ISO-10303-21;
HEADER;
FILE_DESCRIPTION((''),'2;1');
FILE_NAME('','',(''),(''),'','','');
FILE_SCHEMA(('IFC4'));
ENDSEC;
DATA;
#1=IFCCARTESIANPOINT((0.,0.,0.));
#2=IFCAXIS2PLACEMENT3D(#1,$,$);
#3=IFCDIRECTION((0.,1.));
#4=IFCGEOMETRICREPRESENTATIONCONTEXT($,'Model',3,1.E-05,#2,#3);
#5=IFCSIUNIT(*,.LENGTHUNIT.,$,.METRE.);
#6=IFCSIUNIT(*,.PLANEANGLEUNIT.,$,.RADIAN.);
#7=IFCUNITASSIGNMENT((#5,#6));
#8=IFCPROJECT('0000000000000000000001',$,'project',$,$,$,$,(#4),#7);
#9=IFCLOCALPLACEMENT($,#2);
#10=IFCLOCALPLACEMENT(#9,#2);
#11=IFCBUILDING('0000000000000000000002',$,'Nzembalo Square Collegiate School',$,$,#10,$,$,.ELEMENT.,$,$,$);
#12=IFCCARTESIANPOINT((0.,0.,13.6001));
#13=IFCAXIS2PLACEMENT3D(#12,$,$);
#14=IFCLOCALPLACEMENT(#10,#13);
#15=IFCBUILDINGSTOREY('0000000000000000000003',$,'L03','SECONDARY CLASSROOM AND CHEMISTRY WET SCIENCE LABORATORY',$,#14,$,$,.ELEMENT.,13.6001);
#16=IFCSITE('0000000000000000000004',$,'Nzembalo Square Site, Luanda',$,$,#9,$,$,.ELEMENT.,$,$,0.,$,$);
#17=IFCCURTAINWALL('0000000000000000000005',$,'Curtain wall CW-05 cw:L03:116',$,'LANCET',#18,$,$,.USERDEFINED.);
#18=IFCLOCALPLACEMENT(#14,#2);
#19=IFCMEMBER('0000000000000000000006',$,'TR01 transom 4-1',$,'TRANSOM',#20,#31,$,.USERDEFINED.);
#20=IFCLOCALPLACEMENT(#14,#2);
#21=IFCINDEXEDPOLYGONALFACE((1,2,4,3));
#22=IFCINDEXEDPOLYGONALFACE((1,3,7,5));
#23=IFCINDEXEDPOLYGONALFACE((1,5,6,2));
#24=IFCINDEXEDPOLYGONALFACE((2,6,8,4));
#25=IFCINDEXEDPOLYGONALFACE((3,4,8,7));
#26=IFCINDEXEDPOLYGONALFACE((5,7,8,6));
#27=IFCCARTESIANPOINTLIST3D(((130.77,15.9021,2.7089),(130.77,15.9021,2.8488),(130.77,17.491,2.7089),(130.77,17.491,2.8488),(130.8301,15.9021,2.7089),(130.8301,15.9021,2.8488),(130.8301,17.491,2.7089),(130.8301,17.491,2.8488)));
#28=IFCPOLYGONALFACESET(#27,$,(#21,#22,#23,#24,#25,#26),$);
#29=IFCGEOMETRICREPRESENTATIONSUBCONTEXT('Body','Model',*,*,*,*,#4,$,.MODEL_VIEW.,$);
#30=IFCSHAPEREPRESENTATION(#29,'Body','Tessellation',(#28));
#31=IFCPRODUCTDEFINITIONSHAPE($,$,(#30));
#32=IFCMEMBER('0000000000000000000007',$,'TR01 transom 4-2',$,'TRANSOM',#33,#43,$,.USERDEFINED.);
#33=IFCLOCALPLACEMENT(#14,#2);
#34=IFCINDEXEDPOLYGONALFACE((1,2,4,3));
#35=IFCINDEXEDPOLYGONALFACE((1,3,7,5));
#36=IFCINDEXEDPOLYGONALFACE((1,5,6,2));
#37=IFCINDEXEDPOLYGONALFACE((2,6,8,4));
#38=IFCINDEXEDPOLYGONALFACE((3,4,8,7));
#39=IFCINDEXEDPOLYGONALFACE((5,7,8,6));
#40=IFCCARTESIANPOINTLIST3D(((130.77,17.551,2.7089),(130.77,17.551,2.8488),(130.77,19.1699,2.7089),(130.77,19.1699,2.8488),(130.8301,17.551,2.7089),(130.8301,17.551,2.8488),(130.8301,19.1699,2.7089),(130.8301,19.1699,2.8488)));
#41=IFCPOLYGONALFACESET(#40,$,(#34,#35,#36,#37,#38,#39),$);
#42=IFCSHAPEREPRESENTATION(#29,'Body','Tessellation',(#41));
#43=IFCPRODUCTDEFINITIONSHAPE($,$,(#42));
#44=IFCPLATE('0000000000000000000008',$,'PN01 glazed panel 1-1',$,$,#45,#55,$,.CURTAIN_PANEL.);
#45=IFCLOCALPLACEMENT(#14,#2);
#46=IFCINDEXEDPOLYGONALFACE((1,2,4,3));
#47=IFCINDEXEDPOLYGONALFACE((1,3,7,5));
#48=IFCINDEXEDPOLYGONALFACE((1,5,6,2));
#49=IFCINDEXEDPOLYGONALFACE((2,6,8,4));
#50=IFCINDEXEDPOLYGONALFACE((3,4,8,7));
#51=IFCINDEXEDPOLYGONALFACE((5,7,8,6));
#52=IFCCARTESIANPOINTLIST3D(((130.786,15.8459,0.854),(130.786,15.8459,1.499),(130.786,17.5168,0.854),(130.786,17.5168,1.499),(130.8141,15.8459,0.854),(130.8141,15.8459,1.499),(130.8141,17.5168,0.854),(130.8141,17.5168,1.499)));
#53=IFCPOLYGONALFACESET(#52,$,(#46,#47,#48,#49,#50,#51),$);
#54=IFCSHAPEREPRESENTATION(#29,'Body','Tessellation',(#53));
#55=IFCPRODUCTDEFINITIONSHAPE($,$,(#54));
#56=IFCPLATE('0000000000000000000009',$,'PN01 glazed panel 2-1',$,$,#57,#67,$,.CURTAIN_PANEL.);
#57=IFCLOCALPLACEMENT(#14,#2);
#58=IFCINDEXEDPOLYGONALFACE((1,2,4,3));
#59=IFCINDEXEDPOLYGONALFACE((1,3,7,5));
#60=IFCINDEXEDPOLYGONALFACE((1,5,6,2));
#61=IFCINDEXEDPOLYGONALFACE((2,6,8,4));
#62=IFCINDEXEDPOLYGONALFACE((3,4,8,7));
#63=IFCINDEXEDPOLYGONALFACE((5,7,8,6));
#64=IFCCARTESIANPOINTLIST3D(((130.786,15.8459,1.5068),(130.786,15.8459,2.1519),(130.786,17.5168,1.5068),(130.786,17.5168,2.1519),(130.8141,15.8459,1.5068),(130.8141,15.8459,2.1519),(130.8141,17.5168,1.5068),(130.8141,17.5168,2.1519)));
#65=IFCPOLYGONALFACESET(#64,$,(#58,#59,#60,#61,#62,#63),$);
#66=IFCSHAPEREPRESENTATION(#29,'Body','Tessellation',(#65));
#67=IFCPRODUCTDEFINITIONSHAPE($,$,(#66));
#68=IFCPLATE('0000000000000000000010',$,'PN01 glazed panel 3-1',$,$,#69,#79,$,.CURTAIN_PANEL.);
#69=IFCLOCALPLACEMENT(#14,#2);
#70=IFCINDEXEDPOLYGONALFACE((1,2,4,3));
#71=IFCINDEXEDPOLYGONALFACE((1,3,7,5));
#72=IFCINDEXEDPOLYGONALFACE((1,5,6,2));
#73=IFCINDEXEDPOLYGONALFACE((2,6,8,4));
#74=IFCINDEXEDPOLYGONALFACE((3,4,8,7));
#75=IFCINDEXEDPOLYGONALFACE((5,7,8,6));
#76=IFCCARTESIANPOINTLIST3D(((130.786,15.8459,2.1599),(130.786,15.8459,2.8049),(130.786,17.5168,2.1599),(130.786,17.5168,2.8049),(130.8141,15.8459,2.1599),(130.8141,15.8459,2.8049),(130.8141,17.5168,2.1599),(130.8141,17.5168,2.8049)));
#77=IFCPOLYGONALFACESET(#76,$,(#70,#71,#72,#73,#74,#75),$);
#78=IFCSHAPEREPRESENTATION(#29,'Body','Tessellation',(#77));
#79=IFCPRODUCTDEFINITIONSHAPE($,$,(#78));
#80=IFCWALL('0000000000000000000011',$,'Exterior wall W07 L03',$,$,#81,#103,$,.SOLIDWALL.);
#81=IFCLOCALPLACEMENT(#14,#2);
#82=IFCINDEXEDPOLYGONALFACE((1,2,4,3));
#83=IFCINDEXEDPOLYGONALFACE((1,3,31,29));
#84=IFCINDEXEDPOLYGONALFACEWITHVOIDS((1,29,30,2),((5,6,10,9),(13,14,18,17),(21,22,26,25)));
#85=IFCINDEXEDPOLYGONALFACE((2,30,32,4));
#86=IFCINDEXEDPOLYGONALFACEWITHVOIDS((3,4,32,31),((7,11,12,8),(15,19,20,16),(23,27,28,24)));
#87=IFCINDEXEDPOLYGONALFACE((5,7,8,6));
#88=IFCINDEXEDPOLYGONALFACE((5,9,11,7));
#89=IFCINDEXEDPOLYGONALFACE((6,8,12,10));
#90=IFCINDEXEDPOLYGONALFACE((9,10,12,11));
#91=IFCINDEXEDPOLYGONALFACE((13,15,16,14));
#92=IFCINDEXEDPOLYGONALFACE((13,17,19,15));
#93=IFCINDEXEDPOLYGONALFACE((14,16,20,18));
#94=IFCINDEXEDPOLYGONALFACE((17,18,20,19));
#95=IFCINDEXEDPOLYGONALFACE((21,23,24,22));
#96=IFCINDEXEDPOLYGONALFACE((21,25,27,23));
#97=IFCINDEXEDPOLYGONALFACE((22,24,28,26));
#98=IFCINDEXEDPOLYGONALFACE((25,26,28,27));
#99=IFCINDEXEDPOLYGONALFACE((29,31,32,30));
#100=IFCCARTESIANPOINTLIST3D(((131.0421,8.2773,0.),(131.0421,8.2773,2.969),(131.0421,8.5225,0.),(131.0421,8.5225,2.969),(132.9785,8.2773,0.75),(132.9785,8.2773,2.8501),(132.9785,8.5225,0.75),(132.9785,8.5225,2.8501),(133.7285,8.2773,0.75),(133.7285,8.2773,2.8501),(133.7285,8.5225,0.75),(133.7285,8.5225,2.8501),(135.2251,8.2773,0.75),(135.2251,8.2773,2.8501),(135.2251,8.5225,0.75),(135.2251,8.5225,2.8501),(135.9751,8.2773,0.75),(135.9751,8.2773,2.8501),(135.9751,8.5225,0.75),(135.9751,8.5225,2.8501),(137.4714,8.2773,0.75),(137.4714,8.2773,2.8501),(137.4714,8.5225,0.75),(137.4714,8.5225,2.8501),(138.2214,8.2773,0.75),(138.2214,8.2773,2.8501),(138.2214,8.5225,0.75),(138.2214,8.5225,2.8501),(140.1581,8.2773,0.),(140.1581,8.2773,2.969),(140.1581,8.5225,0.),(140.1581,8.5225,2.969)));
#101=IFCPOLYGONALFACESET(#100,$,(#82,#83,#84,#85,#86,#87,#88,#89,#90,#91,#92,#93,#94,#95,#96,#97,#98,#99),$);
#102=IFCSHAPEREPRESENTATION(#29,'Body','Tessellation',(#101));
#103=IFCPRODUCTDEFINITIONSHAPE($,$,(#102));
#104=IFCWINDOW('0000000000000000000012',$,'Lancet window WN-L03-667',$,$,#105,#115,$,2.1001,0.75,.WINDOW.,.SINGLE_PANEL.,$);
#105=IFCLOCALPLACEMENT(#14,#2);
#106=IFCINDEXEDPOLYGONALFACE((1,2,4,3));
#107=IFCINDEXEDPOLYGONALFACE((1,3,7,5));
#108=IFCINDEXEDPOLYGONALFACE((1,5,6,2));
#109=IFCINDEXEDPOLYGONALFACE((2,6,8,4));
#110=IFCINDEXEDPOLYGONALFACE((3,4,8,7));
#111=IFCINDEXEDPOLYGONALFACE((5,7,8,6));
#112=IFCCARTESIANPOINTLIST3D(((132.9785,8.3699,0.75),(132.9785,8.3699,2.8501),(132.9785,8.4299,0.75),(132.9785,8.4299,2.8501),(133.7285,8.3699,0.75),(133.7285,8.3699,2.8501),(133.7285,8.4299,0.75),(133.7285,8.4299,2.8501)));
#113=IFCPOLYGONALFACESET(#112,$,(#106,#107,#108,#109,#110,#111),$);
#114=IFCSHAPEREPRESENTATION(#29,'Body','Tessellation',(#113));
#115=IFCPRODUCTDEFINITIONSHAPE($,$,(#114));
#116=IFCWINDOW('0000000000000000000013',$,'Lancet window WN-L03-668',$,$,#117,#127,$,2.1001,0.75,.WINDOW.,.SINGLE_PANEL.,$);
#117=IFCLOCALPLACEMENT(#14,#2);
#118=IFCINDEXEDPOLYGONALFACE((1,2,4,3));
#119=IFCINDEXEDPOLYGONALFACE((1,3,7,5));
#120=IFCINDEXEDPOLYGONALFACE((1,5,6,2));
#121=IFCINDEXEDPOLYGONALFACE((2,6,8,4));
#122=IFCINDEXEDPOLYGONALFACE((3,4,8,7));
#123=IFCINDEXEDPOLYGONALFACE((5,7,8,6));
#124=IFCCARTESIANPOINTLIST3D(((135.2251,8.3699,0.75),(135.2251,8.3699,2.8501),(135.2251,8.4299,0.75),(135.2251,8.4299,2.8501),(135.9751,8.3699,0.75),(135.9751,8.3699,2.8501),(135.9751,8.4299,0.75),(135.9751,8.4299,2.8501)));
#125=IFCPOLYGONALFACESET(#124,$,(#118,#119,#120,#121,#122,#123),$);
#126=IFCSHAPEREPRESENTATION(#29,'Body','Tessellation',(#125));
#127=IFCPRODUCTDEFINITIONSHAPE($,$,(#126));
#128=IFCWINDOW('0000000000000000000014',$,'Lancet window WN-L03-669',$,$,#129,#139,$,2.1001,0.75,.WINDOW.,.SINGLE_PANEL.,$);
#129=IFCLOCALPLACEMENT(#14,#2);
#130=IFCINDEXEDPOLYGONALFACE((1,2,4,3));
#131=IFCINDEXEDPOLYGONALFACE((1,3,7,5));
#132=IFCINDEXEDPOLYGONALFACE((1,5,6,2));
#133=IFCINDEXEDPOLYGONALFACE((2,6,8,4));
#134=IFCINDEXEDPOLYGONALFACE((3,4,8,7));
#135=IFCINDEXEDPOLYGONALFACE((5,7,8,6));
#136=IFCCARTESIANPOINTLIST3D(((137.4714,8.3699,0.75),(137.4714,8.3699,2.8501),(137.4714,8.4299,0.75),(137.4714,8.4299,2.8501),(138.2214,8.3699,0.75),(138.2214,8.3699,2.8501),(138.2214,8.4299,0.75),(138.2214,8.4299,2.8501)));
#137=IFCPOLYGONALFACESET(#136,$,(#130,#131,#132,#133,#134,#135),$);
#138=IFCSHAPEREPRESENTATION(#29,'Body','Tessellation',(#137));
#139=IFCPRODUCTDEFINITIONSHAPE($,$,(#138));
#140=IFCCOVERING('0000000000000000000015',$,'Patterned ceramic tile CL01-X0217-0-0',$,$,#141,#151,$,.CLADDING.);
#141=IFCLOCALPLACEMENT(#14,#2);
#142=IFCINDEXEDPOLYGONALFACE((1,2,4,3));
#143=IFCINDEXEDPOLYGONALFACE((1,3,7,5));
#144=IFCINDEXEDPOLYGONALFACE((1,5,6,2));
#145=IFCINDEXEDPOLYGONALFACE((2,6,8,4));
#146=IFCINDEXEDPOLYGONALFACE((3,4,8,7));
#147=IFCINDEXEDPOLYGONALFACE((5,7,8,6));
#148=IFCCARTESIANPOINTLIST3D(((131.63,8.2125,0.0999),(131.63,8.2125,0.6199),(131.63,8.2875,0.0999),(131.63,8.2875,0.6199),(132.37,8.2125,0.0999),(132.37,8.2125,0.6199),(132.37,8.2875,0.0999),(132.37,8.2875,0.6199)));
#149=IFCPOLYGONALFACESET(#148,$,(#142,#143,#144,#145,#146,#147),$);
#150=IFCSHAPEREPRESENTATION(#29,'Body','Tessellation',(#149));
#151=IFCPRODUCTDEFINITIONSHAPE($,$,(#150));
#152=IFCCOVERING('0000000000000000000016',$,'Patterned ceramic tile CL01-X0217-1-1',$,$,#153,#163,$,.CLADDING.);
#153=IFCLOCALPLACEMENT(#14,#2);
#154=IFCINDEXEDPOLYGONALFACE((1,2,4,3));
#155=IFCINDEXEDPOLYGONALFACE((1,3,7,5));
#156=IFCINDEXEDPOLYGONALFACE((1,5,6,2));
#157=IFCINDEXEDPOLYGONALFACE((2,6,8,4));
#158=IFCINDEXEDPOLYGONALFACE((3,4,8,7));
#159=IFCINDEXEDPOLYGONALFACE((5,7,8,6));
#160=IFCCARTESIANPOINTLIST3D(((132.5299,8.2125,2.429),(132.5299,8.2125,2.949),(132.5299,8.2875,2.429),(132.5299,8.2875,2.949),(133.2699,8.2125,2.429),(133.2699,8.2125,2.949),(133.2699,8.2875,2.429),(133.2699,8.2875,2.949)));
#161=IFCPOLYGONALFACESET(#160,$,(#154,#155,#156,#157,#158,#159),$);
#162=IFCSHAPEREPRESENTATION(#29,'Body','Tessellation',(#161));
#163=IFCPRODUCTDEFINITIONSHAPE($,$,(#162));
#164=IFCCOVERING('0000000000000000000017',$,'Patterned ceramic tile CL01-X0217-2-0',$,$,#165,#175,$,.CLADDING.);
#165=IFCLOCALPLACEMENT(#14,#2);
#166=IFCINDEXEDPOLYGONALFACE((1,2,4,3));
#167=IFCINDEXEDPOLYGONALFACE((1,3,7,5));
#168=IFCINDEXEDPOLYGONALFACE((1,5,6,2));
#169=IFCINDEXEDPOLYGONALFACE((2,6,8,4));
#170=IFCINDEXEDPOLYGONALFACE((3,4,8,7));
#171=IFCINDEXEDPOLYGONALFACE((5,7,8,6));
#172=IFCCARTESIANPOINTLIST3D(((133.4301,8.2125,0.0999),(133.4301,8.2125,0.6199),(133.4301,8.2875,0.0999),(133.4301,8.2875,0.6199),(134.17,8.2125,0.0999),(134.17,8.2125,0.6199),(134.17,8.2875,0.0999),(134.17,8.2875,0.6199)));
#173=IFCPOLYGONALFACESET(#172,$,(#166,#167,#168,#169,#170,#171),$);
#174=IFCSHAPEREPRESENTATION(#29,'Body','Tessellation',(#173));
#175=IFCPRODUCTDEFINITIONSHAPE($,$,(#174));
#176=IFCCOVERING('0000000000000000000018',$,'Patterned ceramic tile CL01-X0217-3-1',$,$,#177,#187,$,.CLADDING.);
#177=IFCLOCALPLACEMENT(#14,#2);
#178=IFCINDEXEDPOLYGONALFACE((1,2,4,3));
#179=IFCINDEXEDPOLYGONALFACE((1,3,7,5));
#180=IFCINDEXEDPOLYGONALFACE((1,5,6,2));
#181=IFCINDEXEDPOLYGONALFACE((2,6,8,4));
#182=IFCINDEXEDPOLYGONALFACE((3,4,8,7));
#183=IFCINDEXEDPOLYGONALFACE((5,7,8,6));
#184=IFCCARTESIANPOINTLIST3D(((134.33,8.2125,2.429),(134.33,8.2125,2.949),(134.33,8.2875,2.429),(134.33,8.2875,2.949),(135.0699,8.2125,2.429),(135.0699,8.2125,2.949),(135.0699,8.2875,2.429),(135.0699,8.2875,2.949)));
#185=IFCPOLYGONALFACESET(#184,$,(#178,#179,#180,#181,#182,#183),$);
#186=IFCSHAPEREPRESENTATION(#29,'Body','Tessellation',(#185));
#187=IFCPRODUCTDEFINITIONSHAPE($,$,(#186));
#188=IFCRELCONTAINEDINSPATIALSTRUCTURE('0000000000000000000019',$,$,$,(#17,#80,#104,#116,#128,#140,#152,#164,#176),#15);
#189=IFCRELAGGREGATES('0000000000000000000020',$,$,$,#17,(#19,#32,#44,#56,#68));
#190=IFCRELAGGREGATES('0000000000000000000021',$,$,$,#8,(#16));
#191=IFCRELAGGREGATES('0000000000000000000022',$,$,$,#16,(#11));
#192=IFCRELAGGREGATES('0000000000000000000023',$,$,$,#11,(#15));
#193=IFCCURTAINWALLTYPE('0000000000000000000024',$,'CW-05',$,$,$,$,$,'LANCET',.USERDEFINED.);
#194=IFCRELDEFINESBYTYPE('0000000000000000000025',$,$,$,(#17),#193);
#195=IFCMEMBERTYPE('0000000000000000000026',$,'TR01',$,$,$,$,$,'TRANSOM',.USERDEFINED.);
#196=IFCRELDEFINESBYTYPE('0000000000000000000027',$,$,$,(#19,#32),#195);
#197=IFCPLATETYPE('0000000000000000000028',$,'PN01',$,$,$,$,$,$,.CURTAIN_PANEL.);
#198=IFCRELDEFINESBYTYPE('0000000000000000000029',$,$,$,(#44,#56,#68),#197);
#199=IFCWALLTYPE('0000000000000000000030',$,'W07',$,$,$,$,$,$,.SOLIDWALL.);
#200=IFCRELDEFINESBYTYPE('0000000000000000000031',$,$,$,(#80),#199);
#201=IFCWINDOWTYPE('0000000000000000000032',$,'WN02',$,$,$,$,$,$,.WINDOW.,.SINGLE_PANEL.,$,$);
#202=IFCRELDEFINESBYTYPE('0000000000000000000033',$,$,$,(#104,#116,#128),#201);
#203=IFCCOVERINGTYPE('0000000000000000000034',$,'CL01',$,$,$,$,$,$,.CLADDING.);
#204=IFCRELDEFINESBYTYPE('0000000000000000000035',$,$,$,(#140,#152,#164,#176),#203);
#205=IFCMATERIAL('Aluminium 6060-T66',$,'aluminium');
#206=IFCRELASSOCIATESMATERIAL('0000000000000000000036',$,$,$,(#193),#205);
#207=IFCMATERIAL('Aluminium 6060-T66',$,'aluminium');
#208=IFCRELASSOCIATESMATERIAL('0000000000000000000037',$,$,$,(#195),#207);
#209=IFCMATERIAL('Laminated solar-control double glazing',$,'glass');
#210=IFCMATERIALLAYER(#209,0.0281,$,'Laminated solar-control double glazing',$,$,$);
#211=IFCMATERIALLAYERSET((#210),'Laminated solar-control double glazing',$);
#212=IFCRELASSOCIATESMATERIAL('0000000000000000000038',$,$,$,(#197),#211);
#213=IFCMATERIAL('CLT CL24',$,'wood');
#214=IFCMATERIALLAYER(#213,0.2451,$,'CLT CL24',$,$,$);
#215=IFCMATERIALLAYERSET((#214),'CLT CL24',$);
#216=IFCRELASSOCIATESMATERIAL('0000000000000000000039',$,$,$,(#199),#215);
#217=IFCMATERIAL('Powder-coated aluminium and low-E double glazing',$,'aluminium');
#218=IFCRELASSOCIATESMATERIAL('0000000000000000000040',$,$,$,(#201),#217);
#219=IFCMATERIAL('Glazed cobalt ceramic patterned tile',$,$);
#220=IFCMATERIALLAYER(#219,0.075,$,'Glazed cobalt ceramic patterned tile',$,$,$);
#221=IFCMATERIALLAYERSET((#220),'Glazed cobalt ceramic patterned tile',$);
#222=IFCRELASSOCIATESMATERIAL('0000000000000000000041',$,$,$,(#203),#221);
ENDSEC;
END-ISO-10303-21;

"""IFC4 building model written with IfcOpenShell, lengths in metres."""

from ifc_helpers import new_model, si_unit, direction, frame, frame_2d, origin, origin_2d, place, context, subcontext, project, spatial, rectangle, extrude, material, layer, layer_set, material_profile, profile_set, type_object, element, fill, aggregate, save


model = new_model("IFC4")

# Units and contexts
model_context = context("Model", 3, precision=1e-05, world=origin(), true_north=direction((0.0, 1.0)))
body_context = subcontext(model_context, "Body", "Model", "MODEL_VIEW")
ifc_project = project(units=[si_unit("LENGTHUNIT", "METRE"), si_unit("PLANEANGLEUNIT", "RADIAN")], contexts=[model_context])

# Site, building, storey
site_placement = place(None, origin())
site = spatial("IfcSite", under=ifc_project, at=site_placement, Name="Nzembalo Square Site, Luanda", CompositionType="ELEMENT", RefElevation=0.0)
building_placement = place(site_placement, origin())
building = spatial("IfcBuilding", under=site, at=building_placement, Name="Nzembalo Square Collegiate School", CompositionType="ELEMENT")
storey_placement = place(building_placement, frame((0.0, 0.0, 13.6001)))
storey = spatial("IfcBuildingStorey", under=building, at=storey_placement, Name="L03", Description="SECONDARY CLASSROOM AND CHEMISTRY WET SCIENCE LABORATORY", CompositionType="ELEMENT", Elevation=13.6001)

# Curtain wall, members, plates
ifc_material_1 = material(Name="Aluminium 6060-T66", Category="aluminium")
curtain_wall_type = type_object("IfcCurtainWallType", Name="CW-05", ElementType="LANCET", PredefinedType="USERDEFINED", material=ifc_material_1)
curtain_wall_placement = place(storey_placement, origin())
curtain_wall = element("IfcCurtainWall", 1, at=curtain_wall_placement, inside=storey, type_object=curtain_wall_type, Name="Curtain wall CW-05 cw:L03:116", ObjectType="LANCET", PredefinedType="USERDEFINED")
ifc_material_2 = material(Name="Aluminium 6060-T66", Category="aluminium")
ifc_material_profile = material_profile(ifc_material_2, rectangle(XDim=0.0601, YDim=0.1399, at=origin_2d()), Name="ALU T60x140")
ifc_profile_set = profile_set([ifc_material_profile], Name="Aluminium 6060-T66")
member_type = type_object("IfcMemberType", Name="TR01", ElementType="TRANSOM", PredefinedType="USERDEFINED", material=ifc_profile_set)
member_1_placement = place(storey_placement, frame((130.8, 15.9021, 2.7788), z_axis=(0.0, 1.0, 0.0), x_axis=(-1.0, 0.0, 0.0)))
member_1 = element("IfcMember", 2, at=member_1_placement, type_object=member_type, Name="TR01 transom 4-1", ObjectType="TRANSOM", PredefinedType="USERDEFINED", context=body_context, shape_type="SweptSolid", body=[
    extrude(rectangle(XDim=0.0601, YDim=0.1399, at=origin_2d()), origin(), (0.0, 0.0, 1.0), 1.5889),
])
member_2_placement = place(storey_placement, frame((130.8, 17.551, 2.7788), z_axis=(0.0, 1.0, 0.0), x_axis=(-1.0, 0.0, 0.0)))
member_2 = element("IfcMember", 3, at=member_2_placement, type_object=member_type, Name="TR01 transom 4-2", ObjectType="TRANSOM", PredefinedType="USERDEFINED", context=body_context, shape_type="SweptSolid", body=[
    extrude(rectangle(XDim=0.0601, YDim=0.1399, at=origin_2d()), origin(), (0.0, 0.0, 1.0), 1.6189),
])
ifc_material_3 = material(Name="Laminated solar-control double glazing", Category="glass")
ifc_layer_1 = layer(ifc_material_3, 0.0281, Name="Laminated solar-control double glazing")
ifc_layer_set_1 = layer_set([ifc_layer_1], Name="Laminated solar-control double glazing")
plate_type = type_object("IfcPlateType", Name="PN01", PredefinedType="CURTAIN_PANEL", material=ifc_layer_set_1)
plate_1_placement = place(storey_placement, frame((130.8, 16.6814, 0.854), z_axis=(0.0, 0.0, 1.0), x_axis=(0.0, 1.0, 0.0)))
plate_1 = element("IfcPlate", 4, at=plate_1_placement, type_object=plate_type, Name="PN01 glazed panel 1-1", PredefinedType="CURTAIN_PANEL", context=body_context, shape_type="SweptSolid", body=[
    extrude(rectangle(XDim=1.6709, YDim=0.0281, at=origin_2d()), origin(), (0.0, 0.0, 1.0), 0.645),
])
plate_2_placement = place(storey_placement, frame((130.8, 16.6814, 1.5068), z_axis=(0.0, 0.0, 1.0), x_axis=(0.0, 1.0, 0.0)))
plate_2 = element("IfcPlate", 5, at=plate_2_placement, type_object=plate_type, Name="PN01 glazed panel 2-1", PredefinedType="CURTAIN_PANEL", context=body_context, shape_type="SweptSolid", body=[
    extrude(rectangle(XDim=1.6709, YDim=0.0281, at=origin_2d()), origin(), (0.0, 0.0, 1.0), 0.645),
])
plate_3_placement = place(storey_placement, frame((130.8, 16.6814, 2.1599), z_axis=(0.0, 0.0, 1.0), x_axis=(0.0, 1.0, 0.0)))
plate_3 = element("IfcPlate", 6, at=plate_3_placement, type_object=plate_type, Name="PN01 glazed panel 3-1", PredefinedType="CURTAIN_PANEL", context=body_context, shape_type="SweptSolid", body=[
    extrude(rectangle(XDim=1.6709, YDim=0.0281, at=origin_2d()), origin(), (0.0, 0.0, 1.0), 0.645),
])
aggregate(curtain_wall, [member_1, member_2, plate_1, plate_2, plate_3])

# Wall, openings, windows
ifc_material_4 = material(Name="CLT CL24", Category="wood")
ifc_layer_2 = layer(ifc_material_4, 0.2451, Name="CLT CL24")
ifc_layer_set_2 = layer_set([ifc_layer_2], Name="CLT CL24")
wall_type = type_object("IfcWallType", Name="W07", PredefinedType="SOLIDWALL", material=ifc_layer_set_2)
wall_placement = place(storey_placement, frame((131.042, 8.3999, 0.0), z_axis=(0.0, 0.0, 1.0), x_axis=(1.0, 0.0, 0.0)))
wall = element("IfcWall", 7, at=wall_placement, inside=storey, type_object=wall_type, Name="Exterior wall W07 L03", PredefinedType="SOLIDWALL", context=body_context, shape_type="SweptSolid", body=[
    extrude(rectangle(XDim=9.116, YDim=0.2451, at=frame_2d((4.5581, 0.0))), origin(), (0.0, 0.0, 1.0), 2.969),
])
opening_1_placement = place(wall_placement, frame((1.9365, 0.0, 0.75)))
opening_1 = element("IfcOpeningElement", 8, at=opening_1_placement, cuts=wall, PredefinedType="OPENING", context=body_context, shape_type="SweptSolid", body=[
    extrude(rectangle(XDim=0.75, YDim=2.1001, at=frame_2d((0.375, 1.05))), frame((0.0, 0.1326, 0.0), z_axis=(0.0, -1.0, 0.0), x_axis=(1.0, 0.0, 0.0)), (0.0, 0.0, 1.0), 0.2651),
])
opening_2_placement = place(wall_placement, frame((4.1831, 0.0, 0.75)))
opening_2 = element("IfcOpeningElement", 9, at=opening_2_placement, cuts=wall, PredefinedType="OPENING", context=body_context, shape_type="SweptSolid", body=[
    extrude(rectangle(XDim=0.75, YDim=2.1001, at=frame_2d((0.375, 1.05))), frame((0.0, 0.1326, 0.0), z_axis=(0.0, -1.0, 0.0), x_axis=(1.0, 0.0, 0.0)), (0.0, 0.0, 1.0), 0.2651),
])
opening_3_placement = place(wall_placement, frame((6.4294, 0.0, 0.75)))
opening_3 = element("IfcOpeningElement", 10, at=opening_3_placement, cuts=wall, PredefinedType="OPENING", context=body_context, shape_type="SweptSolid", body=[
    extrude(rectangle(XDim=0.75, YDim=2.1001, at=frame_2d((0.375, 1.05))), frame((0.0, 0.1326, 0.0), z_axis=(0.0, -1.0, 0.0), x_axis=(1.0, 0.0, 0.0)), (0.0, 0.0, 1.0), 0.2651),
])
ifc_material_5 = material(Name="Powder-coated aluminium and low-E double glazing", Category="aluminium")
window_type = type_object("IfcWindowType", Name="WN02", PartitioningType="SINGLE_PANEL", PredefinedType="WINDOW", material=ifc_material_5)
window_1_placement = place(opening_1_placement, origin())
window_1 = element("IfcWindow", 11, at=window_1_placement, inside=storey, type_object=window_type, Name="Lancet window WN-L03-667", OverallHeight=2.1001, OverallWidth=0.75, PartitioningType="SINGLE_PANEL", PredefinedType="WINDOW", context=body_context, shape_type="SweptSolid", body=[
    extrude(rectangle(XDim=0.75, YDim=2.1001, at=frame_2d((0.375, 1.05))), frame((0.0, 0.03, 0.0), z_axis=(0.0, -1.0, 0.0), x_axis=(1.0, 0.0, 0.0)), (0.0, 0.0, 1.0), 0.0601),
])
fill(opening_1, window_1)
window_2_placement = place(opening_2_placement, origin())
window_2 = element("IfcWindow", 12, at=window_2_placement, inside=storey, type_object=window_type, Name="Lancet window WN-L03-668", OverallHeight=2.1001, OverallWidth=0.75, PartitioningType="SINGLE_PANEL", PredefinedType="WINDOW", context=body_context, shape_type="SweptSolid", body=[
    extrude(rectangle(XDim=0.75, YDim=2.1001, at=frame_2d((0.375, 1.05))), frame((0.0, 0.03, 0.0), z_axis=(0.0, -1.0, 0.0), x_axis=(1.0, 0.0, 0.0)), (0.0, 0.0, 1.0), 0.0601),
])
fill(opening_2, window_2)
window_3_placement = place(opening_3_placement, origin())
window_3 = element("IfcWindow", 13, at=window_3_placement, inside=storey, type_object=window_type, Name="Lancet window WN-L03-669", OverallHeight=2.1001, OverallWidth=0.75, PartitioningType="SINGLE_PANEL", PredefinedType="WINDOW", context=body_context, shape_type="SweptSolid", body=[
    extrude(rectangle(XDim=0.75, YDim=2.1001, at=frame_2d((0.375, 1.05))), frame((0.0, 0.03, 0.0), z_axis=(0.0, -1.0, 0.0), x_axis=(1.0, 0.0, 0.0)), (0.0, 0.0, 1.0), 0.0601),
])
fill(opening_3, window_3)

# Coverings
ifc_material_6 = material(Name="Glazed cobalt ceramic patterned tile")
ifc_layer_3 = layer(ifc_material_6, 0.075, Name="Glazed cobalt ceramic patterned tile")
ifc_layer_set_3 = layer_set([ifc_layer_3], Name="Glazed cobalt ceramic patterned tile")
covering_type_1 = type_object("IfcCoveringType", Name="CL01", PredefinedType="CLADDING", material=ifc_layer_set_3)
for number, where, z_axis, x_axis, name in (
    (14, (132.0, 8.25, 0.0999), (0.0, 0.0, 1.0), (1.0, 0.0, 0.0), "Patterned ceramic tile CL01-X0217-0-0"),
    (15, (132.8999, 8.25, 2.429), (0.0, 0.0, 1.0), (1.0, 0.0, 0.0), "Patterned ceramic tile CL01-X0217-1-1"),
    (16, (133.8, 8.25, 0.0999), (0.0, 0.0, 1.0), (1.0, 0.0, 0.0), "Patterned ceramic tile CL01-X0217-2-0"),
    (17, (134.7, 8.25, 2.429), (0.0, 0.0, 1.0), (1.0, 0.0, 0.0), "Patterned ceramic tile CL01-X0217-3-1"),
):
    element("IfcCovering", number, at=place(storey_placement, frame(where, z_axis=z_axis, x_axis=x_axis)), inside=storey, type_object=covering_type_1, Name=name, PredefinedType="CLADDING", context=body_context, shape_type="SweptSolid", body=[
        extrude(rectangle(XDim=0.74, YDim=0.075, at=origin_2d()), origin(), (0.0, 0.0, 1.0), 0.52),
    ])

save(model, "model.ifc")
